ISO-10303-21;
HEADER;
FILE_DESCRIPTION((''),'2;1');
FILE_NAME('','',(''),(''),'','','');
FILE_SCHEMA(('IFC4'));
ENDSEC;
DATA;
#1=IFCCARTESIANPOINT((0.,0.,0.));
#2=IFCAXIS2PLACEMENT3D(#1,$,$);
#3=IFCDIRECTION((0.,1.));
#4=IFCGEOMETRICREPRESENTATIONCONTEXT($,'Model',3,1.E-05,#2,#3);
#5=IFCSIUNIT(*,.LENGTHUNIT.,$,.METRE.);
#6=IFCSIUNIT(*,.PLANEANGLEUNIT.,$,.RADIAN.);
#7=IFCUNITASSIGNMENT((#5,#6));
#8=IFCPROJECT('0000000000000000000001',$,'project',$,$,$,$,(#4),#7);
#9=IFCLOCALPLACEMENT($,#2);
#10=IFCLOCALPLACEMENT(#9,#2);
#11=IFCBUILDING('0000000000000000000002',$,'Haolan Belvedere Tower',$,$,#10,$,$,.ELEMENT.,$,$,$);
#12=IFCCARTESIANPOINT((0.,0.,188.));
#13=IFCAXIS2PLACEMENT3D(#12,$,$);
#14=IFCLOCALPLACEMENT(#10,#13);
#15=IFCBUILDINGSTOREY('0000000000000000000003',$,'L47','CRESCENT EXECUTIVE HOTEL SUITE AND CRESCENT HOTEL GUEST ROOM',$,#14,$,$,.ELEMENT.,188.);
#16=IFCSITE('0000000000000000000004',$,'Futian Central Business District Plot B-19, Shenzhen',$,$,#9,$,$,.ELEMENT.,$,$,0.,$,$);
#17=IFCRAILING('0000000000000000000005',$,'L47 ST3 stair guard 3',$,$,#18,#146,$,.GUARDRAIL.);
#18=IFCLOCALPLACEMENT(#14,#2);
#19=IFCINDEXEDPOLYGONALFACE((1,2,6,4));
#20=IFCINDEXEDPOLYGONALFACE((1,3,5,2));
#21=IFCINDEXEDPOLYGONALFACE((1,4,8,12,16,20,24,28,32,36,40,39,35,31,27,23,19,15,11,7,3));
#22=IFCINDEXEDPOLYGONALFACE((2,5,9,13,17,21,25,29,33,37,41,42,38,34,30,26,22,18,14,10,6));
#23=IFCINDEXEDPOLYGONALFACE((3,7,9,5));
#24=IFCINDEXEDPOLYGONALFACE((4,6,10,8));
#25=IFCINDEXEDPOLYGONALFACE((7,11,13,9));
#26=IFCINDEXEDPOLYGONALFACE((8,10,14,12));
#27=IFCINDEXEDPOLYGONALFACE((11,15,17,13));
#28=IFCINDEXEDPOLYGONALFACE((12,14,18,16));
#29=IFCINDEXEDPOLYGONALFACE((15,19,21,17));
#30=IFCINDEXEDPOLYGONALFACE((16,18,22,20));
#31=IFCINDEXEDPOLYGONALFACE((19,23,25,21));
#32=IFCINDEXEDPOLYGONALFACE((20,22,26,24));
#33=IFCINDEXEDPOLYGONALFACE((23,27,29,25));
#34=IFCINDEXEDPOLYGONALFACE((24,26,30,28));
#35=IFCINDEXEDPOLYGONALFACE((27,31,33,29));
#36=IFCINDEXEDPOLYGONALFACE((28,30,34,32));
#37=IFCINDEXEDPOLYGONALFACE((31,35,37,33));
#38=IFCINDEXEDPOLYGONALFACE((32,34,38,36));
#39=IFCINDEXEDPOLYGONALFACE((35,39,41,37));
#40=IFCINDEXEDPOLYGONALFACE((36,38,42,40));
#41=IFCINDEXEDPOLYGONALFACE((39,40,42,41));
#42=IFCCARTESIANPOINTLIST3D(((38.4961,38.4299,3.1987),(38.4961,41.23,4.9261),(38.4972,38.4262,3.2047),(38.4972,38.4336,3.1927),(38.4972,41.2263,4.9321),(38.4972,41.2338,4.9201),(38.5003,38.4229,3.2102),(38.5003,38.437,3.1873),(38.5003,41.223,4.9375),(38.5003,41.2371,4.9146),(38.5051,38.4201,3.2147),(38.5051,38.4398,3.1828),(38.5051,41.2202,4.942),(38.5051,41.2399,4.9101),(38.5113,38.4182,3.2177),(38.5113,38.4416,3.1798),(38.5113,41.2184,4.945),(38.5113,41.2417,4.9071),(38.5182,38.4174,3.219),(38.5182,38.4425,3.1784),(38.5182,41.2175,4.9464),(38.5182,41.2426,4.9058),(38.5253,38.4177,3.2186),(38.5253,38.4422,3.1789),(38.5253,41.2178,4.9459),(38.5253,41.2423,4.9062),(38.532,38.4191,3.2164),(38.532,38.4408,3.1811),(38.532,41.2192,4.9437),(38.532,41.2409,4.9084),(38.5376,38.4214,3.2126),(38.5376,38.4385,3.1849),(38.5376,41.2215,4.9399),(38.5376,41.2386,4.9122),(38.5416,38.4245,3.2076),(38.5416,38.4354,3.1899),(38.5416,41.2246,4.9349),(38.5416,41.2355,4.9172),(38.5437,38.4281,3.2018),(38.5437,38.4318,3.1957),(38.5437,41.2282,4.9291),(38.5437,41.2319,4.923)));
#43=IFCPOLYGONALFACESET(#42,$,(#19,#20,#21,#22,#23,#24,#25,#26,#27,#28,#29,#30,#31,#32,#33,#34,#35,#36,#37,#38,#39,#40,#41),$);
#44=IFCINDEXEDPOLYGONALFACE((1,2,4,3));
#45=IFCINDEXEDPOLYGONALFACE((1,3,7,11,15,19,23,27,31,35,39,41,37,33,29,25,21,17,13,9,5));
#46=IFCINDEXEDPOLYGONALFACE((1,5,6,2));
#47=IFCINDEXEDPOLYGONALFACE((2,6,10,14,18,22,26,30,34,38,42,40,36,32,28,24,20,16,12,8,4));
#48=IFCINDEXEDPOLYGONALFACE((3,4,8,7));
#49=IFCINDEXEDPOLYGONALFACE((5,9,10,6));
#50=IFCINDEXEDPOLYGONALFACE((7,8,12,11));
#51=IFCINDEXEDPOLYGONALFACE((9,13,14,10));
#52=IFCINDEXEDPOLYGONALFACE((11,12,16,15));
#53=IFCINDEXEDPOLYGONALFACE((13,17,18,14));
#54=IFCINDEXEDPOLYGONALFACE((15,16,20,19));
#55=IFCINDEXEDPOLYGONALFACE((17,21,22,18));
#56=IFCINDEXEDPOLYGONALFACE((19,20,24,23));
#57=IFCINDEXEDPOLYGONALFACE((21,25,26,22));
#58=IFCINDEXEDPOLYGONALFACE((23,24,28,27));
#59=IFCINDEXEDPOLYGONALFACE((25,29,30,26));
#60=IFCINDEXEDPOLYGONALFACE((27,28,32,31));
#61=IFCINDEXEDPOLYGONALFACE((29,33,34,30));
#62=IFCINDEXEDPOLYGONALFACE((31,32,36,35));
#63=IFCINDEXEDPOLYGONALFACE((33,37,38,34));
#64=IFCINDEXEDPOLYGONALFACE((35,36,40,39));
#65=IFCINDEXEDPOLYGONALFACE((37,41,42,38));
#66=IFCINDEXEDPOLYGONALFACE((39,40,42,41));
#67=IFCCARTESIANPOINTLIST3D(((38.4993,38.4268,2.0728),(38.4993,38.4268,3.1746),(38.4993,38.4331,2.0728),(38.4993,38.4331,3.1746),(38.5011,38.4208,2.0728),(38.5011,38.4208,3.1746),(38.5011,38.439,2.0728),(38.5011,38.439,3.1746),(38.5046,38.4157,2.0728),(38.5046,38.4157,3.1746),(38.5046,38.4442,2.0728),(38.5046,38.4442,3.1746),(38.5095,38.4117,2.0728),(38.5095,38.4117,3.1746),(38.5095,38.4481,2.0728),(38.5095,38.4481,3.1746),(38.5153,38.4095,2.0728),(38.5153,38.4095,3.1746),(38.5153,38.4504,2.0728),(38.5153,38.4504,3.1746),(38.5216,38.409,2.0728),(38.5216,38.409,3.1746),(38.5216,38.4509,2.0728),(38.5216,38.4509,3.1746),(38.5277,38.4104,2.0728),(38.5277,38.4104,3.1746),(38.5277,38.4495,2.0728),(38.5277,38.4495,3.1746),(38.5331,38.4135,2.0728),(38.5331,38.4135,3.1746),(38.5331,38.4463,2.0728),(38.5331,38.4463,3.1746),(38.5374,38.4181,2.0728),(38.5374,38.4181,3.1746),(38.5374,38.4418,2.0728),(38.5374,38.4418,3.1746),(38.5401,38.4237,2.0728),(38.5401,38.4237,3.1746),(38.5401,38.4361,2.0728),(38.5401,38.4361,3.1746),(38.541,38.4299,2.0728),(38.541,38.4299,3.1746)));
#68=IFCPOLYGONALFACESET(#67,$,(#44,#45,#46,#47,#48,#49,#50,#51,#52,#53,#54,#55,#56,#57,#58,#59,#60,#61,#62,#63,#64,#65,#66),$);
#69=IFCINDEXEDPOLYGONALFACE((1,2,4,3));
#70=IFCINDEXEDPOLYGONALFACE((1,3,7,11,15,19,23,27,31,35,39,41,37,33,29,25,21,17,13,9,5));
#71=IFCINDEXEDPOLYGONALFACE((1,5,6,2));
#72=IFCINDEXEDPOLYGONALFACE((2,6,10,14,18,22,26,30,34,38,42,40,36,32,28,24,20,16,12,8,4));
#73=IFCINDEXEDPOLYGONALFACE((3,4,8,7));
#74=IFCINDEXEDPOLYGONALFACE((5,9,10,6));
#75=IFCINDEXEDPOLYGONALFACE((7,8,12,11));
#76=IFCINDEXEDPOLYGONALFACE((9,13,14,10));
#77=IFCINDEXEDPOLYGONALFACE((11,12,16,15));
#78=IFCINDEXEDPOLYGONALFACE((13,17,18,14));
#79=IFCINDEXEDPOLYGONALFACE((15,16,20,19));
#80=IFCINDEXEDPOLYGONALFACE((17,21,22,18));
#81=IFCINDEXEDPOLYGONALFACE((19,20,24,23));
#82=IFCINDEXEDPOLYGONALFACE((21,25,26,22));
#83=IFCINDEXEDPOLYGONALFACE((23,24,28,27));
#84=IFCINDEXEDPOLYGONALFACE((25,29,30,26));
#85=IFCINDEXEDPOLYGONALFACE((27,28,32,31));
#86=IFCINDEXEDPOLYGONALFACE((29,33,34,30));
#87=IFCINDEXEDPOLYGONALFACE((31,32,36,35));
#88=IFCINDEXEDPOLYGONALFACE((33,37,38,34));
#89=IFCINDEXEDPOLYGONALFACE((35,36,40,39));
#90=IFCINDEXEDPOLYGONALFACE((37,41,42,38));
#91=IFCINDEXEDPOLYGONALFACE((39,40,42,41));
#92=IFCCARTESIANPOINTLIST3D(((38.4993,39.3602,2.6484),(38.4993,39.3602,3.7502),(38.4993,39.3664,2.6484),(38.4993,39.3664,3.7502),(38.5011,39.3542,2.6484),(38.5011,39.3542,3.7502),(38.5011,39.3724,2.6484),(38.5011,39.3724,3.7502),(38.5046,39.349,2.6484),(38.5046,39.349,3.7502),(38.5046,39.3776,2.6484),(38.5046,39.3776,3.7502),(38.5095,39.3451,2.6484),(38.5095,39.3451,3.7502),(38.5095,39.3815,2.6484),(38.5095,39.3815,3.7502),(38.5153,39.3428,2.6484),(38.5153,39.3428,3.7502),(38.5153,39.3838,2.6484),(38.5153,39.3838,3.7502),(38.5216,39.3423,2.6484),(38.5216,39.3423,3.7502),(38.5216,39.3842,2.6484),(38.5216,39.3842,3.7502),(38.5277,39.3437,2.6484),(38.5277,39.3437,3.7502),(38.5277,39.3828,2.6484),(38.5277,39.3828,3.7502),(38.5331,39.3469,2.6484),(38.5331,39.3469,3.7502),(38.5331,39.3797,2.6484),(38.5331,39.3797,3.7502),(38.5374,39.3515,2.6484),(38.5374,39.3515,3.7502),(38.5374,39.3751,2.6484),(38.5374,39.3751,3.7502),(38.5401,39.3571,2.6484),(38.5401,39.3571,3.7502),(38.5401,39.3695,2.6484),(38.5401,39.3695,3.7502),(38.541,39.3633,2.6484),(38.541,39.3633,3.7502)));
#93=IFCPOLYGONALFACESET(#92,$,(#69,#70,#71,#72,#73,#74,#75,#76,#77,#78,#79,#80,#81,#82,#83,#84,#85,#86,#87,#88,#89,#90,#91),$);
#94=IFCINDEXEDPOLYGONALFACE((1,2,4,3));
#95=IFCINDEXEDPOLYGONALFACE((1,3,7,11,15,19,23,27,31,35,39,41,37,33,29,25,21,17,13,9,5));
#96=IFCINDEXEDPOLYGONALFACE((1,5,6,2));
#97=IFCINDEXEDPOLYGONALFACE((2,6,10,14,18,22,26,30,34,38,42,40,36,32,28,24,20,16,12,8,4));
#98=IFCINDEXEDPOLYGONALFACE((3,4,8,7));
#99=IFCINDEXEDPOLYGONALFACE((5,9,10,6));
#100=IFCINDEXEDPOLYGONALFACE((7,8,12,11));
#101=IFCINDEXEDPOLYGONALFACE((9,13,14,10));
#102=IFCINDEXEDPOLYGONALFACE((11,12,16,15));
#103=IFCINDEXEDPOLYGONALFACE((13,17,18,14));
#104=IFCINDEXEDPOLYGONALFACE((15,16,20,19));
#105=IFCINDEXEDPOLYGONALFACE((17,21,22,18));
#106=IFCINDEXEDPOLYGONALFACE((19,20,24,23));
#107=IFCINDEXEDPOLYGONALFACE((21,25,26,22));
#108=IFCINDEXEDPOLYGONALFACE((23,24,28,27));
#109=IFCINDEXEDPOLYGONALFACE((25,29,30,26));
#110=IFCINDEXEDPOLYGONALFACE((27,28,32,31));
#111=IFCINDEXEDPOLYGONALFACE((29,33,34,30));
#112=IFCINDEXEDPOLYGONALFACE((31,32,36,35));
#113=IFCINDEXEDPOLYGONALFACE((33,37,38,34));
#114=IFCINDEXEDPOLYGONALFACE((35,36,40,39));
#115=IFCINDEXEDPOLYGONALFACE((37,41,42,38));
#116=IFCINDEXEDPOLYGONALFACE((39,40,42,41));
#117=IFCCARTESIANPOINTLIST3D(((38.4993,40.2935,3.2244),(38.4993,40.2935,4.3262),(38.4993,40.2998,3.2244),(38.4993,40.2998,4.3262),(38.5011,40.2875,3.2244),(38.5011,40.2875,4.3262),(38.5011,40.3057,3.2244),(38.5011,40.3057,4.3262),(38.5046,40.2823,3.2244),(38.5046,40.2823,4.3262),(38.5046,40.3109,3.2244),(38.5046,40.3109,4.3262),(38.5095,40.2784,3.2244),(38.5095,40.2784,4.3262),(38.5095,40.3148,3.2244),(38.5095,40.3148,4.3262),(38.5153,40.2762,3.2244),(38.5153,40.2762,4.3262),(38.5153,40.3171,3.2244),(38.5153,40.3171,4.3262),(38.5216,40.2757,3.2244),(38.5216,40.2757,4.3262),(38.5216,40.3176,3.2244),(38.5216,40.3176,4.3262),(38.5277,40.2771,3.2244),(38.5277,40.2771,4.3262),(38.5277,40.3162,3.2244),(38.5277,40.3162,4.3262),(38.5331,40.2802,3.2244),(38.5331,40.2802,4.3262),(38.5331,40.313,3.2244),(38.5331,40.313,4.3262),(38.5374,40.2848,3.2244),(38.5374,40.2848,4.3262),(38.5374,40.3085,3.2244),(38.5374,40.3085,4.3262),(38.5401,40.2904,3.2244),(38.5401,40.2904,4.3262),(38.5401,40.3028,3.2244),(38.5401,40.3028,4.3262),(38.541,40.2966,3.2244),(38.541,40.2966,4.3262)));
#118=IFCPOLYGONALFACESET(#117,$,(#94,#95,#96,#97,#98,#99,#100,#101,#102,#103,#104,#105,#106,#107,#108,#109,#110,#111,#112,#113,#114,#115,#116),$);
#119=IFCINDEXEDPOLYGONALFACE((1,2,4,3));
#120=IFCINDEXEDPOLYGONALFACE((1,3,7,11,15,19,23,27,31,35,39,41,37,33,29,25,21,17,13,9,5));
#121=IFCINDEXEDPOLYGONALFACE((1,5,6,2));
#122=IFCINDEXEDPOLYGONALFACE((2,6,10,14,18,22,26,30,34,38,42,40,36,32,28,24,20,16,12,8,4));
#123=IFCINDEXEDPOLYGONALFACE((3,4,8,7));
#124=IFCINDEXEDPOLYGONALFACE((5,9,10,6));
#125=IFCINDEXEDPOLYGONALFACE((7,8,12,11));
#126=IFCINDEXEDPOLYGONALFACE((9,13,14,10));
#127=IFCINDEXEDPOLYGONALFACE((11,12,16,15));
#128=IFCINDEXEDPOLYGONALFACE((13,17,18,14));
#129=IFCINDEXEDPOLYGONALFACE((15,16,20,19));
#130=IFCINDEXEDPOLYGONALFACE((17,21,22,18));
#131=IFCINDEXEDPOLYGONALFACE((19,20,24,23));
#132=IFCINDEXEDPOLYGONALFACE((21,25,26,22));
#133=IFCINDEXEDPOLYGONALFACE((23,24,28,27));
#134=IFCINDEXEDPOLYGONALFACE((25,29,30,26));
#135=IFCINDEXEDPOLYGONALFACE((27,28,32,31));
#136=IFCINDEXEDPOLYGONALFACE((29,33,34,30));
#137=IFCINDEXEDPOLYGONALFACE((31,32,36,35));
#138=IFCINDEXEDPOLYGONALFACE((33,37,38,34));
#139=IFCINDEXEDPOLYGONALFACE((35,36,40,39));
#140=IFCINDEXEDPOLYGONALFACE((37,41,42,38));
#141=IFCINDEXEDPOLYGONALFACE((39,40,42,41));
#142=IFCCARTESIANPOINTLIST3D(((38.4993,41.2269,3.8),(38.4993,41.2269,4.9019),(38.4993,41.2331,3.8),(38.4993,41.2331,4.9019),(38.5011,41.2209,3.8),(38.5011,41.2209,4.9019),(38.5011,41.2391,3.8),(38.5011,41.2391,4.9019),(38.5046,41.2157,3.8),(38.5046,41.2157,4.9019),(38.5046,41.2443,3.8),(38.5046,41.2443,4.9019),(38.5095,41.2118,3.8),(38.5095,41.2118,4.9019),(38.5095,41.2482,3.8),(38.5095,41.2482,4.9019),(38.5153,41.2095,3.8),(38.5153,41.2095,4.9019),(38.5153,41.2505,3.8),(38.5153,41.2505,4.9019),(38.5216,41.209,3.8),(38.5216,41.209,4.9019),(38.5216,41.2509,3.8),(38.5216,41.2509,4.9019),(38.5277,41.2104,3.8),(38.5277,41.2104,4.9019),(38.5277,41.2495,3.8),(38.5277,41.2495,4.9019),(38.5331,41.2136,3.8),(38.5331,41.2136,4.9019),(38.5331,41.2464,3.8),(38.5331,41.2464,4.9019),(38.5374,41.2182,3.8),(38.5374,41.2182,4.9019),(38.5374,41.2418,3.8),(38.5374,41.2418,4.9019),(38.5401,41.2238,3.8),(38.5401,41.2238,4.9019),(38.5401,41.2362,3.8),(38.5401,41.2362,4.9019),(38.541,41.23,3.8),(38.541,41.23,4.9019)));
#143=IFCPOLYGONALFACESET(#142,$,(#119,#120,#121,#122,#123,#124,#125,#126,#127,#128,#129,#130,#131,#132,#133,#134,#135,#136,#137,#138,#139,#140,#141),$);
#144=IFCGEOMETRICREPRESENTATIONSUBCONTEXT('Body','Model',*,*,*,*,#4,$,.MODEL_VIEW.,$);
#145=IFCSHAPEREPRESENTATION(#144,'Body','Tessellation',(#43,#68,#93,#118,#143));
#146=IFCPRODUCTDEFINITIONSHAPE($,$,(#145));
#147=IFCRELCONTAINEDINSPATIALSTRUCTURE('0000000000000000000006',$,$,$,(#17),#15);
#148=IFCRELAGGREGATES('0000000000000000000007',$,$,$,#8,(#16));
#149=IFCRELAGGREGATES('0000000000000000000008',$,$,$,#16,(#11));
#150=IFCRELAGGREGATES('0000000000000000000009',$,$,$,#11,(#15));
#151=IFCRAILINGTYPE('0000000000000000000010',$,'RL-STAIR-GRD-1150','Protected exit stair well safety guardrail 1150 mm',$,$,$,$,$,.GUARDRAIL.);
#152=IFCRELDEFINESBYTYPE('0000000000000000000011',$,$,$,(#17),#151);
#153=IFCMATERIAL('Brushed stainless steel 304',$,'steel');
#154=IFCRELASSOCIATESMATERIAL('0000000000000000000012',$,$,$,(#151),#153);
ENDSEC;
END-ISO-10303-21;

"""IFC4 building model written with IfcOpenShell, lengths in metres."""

from ifc_helpers import new_model, si_unit, direction, frame, origin, origin_2d, place, context, subcontext, project, spatial, circle, extrude, material, type_object, element, save


model = new_model("IFC4")

# Units and contexts
model_context = context("Model", 3, precision=1e-05, world=origin(), true_north=direction((0.0, 1.0)))
body_context = subcontext(model_context, "Body", "Model", "MODEL_VIEW")
ifc_project = project(units=[si_unit("LENGTHUNIT", "METRE"), si_unit("PLANEANGLEUNIT", "RADIAN")], contexts=[model_context])

# Site, building, storey
site_placement = place(None, origin())
site = spatial("IfcSite", under=ifc_project, at=site_placement, Name="Futian Central Business District Plot B-19, Shenzhen", CompositionType="ELEMENT", RefElevation=0.0)
building_placement = place(site_placement, origin())
building = spatial("IfcBuilding", under=site, at=building_placement, Name="Haolan Belvedere Tower", CompositionType="ELEMENT")
storey_placement = place(building_placement, frame((0.0, 0.0, 188.0)))
storey = spatial("IfcBuildingStorey", under=building, at=storey_placement, Name="L47", Description="CRESCENT EXECUTIVE HOTEL SUITE AND CRESCENT HOTEL GUEST ROOM", CompositionType="ELEMENT", Elevation=188.0)

# Railing
ifc_material_1 = material(Name="Brushed stainless steel 304", Category="steel")
railing_type_1 = type_object("IfcRailingType", Name="RL-STAIR-GRD-1150", Description="Protected exit stair well safety guardrail 1150 mm", PredefinedType="GUARDRAIL", material=ifc_material_1)
railing_1_placement = place(storey_placement, frame((38.52, 38.4299, 2.0728)))
element("IfcRailing", 1, at=railing_1_placement, inside=storey, type_object=railing_type_1, Name="L47 ST3 stair guard 3", PredefinedType="GUARDRAIL", context=body_context, shape_type="SweptSolid", body=[
    extrude(circle(Radius=0.0239, at=origin_2d()), frame((0.0, 0.0, 1.126), z_axis=(0.0, 0.85109, 0.52502), x_axis=(-1.0, 0.0, 0.0)), (0.0, 0.0, 1.0), 3.29),
    extrude(circle(Radius=0.021, at=origin_2d()), origin(), (0.0, 0.0, 1.0), 1.1018),
    extrude(circle(Radius=0.021, at=origin_2d()), frame((0.0, 0.9333, 0.5757)), (0.0, 0.0, 1.0), 1.1018),
    extrude(circle(Radius=0.021, at=origin_2d()), frame((0.0, 1.8667, 1.1516)), (0.0, 0.0, 1.0), 1.1018),
    extrude(circle(Radius=0.021, at=origin_2d()), frame((0.0, 2.8, 1.7273)), (0.0, 0.0, 1.0), 1.1018),
])

save(model, "model.ifc")
